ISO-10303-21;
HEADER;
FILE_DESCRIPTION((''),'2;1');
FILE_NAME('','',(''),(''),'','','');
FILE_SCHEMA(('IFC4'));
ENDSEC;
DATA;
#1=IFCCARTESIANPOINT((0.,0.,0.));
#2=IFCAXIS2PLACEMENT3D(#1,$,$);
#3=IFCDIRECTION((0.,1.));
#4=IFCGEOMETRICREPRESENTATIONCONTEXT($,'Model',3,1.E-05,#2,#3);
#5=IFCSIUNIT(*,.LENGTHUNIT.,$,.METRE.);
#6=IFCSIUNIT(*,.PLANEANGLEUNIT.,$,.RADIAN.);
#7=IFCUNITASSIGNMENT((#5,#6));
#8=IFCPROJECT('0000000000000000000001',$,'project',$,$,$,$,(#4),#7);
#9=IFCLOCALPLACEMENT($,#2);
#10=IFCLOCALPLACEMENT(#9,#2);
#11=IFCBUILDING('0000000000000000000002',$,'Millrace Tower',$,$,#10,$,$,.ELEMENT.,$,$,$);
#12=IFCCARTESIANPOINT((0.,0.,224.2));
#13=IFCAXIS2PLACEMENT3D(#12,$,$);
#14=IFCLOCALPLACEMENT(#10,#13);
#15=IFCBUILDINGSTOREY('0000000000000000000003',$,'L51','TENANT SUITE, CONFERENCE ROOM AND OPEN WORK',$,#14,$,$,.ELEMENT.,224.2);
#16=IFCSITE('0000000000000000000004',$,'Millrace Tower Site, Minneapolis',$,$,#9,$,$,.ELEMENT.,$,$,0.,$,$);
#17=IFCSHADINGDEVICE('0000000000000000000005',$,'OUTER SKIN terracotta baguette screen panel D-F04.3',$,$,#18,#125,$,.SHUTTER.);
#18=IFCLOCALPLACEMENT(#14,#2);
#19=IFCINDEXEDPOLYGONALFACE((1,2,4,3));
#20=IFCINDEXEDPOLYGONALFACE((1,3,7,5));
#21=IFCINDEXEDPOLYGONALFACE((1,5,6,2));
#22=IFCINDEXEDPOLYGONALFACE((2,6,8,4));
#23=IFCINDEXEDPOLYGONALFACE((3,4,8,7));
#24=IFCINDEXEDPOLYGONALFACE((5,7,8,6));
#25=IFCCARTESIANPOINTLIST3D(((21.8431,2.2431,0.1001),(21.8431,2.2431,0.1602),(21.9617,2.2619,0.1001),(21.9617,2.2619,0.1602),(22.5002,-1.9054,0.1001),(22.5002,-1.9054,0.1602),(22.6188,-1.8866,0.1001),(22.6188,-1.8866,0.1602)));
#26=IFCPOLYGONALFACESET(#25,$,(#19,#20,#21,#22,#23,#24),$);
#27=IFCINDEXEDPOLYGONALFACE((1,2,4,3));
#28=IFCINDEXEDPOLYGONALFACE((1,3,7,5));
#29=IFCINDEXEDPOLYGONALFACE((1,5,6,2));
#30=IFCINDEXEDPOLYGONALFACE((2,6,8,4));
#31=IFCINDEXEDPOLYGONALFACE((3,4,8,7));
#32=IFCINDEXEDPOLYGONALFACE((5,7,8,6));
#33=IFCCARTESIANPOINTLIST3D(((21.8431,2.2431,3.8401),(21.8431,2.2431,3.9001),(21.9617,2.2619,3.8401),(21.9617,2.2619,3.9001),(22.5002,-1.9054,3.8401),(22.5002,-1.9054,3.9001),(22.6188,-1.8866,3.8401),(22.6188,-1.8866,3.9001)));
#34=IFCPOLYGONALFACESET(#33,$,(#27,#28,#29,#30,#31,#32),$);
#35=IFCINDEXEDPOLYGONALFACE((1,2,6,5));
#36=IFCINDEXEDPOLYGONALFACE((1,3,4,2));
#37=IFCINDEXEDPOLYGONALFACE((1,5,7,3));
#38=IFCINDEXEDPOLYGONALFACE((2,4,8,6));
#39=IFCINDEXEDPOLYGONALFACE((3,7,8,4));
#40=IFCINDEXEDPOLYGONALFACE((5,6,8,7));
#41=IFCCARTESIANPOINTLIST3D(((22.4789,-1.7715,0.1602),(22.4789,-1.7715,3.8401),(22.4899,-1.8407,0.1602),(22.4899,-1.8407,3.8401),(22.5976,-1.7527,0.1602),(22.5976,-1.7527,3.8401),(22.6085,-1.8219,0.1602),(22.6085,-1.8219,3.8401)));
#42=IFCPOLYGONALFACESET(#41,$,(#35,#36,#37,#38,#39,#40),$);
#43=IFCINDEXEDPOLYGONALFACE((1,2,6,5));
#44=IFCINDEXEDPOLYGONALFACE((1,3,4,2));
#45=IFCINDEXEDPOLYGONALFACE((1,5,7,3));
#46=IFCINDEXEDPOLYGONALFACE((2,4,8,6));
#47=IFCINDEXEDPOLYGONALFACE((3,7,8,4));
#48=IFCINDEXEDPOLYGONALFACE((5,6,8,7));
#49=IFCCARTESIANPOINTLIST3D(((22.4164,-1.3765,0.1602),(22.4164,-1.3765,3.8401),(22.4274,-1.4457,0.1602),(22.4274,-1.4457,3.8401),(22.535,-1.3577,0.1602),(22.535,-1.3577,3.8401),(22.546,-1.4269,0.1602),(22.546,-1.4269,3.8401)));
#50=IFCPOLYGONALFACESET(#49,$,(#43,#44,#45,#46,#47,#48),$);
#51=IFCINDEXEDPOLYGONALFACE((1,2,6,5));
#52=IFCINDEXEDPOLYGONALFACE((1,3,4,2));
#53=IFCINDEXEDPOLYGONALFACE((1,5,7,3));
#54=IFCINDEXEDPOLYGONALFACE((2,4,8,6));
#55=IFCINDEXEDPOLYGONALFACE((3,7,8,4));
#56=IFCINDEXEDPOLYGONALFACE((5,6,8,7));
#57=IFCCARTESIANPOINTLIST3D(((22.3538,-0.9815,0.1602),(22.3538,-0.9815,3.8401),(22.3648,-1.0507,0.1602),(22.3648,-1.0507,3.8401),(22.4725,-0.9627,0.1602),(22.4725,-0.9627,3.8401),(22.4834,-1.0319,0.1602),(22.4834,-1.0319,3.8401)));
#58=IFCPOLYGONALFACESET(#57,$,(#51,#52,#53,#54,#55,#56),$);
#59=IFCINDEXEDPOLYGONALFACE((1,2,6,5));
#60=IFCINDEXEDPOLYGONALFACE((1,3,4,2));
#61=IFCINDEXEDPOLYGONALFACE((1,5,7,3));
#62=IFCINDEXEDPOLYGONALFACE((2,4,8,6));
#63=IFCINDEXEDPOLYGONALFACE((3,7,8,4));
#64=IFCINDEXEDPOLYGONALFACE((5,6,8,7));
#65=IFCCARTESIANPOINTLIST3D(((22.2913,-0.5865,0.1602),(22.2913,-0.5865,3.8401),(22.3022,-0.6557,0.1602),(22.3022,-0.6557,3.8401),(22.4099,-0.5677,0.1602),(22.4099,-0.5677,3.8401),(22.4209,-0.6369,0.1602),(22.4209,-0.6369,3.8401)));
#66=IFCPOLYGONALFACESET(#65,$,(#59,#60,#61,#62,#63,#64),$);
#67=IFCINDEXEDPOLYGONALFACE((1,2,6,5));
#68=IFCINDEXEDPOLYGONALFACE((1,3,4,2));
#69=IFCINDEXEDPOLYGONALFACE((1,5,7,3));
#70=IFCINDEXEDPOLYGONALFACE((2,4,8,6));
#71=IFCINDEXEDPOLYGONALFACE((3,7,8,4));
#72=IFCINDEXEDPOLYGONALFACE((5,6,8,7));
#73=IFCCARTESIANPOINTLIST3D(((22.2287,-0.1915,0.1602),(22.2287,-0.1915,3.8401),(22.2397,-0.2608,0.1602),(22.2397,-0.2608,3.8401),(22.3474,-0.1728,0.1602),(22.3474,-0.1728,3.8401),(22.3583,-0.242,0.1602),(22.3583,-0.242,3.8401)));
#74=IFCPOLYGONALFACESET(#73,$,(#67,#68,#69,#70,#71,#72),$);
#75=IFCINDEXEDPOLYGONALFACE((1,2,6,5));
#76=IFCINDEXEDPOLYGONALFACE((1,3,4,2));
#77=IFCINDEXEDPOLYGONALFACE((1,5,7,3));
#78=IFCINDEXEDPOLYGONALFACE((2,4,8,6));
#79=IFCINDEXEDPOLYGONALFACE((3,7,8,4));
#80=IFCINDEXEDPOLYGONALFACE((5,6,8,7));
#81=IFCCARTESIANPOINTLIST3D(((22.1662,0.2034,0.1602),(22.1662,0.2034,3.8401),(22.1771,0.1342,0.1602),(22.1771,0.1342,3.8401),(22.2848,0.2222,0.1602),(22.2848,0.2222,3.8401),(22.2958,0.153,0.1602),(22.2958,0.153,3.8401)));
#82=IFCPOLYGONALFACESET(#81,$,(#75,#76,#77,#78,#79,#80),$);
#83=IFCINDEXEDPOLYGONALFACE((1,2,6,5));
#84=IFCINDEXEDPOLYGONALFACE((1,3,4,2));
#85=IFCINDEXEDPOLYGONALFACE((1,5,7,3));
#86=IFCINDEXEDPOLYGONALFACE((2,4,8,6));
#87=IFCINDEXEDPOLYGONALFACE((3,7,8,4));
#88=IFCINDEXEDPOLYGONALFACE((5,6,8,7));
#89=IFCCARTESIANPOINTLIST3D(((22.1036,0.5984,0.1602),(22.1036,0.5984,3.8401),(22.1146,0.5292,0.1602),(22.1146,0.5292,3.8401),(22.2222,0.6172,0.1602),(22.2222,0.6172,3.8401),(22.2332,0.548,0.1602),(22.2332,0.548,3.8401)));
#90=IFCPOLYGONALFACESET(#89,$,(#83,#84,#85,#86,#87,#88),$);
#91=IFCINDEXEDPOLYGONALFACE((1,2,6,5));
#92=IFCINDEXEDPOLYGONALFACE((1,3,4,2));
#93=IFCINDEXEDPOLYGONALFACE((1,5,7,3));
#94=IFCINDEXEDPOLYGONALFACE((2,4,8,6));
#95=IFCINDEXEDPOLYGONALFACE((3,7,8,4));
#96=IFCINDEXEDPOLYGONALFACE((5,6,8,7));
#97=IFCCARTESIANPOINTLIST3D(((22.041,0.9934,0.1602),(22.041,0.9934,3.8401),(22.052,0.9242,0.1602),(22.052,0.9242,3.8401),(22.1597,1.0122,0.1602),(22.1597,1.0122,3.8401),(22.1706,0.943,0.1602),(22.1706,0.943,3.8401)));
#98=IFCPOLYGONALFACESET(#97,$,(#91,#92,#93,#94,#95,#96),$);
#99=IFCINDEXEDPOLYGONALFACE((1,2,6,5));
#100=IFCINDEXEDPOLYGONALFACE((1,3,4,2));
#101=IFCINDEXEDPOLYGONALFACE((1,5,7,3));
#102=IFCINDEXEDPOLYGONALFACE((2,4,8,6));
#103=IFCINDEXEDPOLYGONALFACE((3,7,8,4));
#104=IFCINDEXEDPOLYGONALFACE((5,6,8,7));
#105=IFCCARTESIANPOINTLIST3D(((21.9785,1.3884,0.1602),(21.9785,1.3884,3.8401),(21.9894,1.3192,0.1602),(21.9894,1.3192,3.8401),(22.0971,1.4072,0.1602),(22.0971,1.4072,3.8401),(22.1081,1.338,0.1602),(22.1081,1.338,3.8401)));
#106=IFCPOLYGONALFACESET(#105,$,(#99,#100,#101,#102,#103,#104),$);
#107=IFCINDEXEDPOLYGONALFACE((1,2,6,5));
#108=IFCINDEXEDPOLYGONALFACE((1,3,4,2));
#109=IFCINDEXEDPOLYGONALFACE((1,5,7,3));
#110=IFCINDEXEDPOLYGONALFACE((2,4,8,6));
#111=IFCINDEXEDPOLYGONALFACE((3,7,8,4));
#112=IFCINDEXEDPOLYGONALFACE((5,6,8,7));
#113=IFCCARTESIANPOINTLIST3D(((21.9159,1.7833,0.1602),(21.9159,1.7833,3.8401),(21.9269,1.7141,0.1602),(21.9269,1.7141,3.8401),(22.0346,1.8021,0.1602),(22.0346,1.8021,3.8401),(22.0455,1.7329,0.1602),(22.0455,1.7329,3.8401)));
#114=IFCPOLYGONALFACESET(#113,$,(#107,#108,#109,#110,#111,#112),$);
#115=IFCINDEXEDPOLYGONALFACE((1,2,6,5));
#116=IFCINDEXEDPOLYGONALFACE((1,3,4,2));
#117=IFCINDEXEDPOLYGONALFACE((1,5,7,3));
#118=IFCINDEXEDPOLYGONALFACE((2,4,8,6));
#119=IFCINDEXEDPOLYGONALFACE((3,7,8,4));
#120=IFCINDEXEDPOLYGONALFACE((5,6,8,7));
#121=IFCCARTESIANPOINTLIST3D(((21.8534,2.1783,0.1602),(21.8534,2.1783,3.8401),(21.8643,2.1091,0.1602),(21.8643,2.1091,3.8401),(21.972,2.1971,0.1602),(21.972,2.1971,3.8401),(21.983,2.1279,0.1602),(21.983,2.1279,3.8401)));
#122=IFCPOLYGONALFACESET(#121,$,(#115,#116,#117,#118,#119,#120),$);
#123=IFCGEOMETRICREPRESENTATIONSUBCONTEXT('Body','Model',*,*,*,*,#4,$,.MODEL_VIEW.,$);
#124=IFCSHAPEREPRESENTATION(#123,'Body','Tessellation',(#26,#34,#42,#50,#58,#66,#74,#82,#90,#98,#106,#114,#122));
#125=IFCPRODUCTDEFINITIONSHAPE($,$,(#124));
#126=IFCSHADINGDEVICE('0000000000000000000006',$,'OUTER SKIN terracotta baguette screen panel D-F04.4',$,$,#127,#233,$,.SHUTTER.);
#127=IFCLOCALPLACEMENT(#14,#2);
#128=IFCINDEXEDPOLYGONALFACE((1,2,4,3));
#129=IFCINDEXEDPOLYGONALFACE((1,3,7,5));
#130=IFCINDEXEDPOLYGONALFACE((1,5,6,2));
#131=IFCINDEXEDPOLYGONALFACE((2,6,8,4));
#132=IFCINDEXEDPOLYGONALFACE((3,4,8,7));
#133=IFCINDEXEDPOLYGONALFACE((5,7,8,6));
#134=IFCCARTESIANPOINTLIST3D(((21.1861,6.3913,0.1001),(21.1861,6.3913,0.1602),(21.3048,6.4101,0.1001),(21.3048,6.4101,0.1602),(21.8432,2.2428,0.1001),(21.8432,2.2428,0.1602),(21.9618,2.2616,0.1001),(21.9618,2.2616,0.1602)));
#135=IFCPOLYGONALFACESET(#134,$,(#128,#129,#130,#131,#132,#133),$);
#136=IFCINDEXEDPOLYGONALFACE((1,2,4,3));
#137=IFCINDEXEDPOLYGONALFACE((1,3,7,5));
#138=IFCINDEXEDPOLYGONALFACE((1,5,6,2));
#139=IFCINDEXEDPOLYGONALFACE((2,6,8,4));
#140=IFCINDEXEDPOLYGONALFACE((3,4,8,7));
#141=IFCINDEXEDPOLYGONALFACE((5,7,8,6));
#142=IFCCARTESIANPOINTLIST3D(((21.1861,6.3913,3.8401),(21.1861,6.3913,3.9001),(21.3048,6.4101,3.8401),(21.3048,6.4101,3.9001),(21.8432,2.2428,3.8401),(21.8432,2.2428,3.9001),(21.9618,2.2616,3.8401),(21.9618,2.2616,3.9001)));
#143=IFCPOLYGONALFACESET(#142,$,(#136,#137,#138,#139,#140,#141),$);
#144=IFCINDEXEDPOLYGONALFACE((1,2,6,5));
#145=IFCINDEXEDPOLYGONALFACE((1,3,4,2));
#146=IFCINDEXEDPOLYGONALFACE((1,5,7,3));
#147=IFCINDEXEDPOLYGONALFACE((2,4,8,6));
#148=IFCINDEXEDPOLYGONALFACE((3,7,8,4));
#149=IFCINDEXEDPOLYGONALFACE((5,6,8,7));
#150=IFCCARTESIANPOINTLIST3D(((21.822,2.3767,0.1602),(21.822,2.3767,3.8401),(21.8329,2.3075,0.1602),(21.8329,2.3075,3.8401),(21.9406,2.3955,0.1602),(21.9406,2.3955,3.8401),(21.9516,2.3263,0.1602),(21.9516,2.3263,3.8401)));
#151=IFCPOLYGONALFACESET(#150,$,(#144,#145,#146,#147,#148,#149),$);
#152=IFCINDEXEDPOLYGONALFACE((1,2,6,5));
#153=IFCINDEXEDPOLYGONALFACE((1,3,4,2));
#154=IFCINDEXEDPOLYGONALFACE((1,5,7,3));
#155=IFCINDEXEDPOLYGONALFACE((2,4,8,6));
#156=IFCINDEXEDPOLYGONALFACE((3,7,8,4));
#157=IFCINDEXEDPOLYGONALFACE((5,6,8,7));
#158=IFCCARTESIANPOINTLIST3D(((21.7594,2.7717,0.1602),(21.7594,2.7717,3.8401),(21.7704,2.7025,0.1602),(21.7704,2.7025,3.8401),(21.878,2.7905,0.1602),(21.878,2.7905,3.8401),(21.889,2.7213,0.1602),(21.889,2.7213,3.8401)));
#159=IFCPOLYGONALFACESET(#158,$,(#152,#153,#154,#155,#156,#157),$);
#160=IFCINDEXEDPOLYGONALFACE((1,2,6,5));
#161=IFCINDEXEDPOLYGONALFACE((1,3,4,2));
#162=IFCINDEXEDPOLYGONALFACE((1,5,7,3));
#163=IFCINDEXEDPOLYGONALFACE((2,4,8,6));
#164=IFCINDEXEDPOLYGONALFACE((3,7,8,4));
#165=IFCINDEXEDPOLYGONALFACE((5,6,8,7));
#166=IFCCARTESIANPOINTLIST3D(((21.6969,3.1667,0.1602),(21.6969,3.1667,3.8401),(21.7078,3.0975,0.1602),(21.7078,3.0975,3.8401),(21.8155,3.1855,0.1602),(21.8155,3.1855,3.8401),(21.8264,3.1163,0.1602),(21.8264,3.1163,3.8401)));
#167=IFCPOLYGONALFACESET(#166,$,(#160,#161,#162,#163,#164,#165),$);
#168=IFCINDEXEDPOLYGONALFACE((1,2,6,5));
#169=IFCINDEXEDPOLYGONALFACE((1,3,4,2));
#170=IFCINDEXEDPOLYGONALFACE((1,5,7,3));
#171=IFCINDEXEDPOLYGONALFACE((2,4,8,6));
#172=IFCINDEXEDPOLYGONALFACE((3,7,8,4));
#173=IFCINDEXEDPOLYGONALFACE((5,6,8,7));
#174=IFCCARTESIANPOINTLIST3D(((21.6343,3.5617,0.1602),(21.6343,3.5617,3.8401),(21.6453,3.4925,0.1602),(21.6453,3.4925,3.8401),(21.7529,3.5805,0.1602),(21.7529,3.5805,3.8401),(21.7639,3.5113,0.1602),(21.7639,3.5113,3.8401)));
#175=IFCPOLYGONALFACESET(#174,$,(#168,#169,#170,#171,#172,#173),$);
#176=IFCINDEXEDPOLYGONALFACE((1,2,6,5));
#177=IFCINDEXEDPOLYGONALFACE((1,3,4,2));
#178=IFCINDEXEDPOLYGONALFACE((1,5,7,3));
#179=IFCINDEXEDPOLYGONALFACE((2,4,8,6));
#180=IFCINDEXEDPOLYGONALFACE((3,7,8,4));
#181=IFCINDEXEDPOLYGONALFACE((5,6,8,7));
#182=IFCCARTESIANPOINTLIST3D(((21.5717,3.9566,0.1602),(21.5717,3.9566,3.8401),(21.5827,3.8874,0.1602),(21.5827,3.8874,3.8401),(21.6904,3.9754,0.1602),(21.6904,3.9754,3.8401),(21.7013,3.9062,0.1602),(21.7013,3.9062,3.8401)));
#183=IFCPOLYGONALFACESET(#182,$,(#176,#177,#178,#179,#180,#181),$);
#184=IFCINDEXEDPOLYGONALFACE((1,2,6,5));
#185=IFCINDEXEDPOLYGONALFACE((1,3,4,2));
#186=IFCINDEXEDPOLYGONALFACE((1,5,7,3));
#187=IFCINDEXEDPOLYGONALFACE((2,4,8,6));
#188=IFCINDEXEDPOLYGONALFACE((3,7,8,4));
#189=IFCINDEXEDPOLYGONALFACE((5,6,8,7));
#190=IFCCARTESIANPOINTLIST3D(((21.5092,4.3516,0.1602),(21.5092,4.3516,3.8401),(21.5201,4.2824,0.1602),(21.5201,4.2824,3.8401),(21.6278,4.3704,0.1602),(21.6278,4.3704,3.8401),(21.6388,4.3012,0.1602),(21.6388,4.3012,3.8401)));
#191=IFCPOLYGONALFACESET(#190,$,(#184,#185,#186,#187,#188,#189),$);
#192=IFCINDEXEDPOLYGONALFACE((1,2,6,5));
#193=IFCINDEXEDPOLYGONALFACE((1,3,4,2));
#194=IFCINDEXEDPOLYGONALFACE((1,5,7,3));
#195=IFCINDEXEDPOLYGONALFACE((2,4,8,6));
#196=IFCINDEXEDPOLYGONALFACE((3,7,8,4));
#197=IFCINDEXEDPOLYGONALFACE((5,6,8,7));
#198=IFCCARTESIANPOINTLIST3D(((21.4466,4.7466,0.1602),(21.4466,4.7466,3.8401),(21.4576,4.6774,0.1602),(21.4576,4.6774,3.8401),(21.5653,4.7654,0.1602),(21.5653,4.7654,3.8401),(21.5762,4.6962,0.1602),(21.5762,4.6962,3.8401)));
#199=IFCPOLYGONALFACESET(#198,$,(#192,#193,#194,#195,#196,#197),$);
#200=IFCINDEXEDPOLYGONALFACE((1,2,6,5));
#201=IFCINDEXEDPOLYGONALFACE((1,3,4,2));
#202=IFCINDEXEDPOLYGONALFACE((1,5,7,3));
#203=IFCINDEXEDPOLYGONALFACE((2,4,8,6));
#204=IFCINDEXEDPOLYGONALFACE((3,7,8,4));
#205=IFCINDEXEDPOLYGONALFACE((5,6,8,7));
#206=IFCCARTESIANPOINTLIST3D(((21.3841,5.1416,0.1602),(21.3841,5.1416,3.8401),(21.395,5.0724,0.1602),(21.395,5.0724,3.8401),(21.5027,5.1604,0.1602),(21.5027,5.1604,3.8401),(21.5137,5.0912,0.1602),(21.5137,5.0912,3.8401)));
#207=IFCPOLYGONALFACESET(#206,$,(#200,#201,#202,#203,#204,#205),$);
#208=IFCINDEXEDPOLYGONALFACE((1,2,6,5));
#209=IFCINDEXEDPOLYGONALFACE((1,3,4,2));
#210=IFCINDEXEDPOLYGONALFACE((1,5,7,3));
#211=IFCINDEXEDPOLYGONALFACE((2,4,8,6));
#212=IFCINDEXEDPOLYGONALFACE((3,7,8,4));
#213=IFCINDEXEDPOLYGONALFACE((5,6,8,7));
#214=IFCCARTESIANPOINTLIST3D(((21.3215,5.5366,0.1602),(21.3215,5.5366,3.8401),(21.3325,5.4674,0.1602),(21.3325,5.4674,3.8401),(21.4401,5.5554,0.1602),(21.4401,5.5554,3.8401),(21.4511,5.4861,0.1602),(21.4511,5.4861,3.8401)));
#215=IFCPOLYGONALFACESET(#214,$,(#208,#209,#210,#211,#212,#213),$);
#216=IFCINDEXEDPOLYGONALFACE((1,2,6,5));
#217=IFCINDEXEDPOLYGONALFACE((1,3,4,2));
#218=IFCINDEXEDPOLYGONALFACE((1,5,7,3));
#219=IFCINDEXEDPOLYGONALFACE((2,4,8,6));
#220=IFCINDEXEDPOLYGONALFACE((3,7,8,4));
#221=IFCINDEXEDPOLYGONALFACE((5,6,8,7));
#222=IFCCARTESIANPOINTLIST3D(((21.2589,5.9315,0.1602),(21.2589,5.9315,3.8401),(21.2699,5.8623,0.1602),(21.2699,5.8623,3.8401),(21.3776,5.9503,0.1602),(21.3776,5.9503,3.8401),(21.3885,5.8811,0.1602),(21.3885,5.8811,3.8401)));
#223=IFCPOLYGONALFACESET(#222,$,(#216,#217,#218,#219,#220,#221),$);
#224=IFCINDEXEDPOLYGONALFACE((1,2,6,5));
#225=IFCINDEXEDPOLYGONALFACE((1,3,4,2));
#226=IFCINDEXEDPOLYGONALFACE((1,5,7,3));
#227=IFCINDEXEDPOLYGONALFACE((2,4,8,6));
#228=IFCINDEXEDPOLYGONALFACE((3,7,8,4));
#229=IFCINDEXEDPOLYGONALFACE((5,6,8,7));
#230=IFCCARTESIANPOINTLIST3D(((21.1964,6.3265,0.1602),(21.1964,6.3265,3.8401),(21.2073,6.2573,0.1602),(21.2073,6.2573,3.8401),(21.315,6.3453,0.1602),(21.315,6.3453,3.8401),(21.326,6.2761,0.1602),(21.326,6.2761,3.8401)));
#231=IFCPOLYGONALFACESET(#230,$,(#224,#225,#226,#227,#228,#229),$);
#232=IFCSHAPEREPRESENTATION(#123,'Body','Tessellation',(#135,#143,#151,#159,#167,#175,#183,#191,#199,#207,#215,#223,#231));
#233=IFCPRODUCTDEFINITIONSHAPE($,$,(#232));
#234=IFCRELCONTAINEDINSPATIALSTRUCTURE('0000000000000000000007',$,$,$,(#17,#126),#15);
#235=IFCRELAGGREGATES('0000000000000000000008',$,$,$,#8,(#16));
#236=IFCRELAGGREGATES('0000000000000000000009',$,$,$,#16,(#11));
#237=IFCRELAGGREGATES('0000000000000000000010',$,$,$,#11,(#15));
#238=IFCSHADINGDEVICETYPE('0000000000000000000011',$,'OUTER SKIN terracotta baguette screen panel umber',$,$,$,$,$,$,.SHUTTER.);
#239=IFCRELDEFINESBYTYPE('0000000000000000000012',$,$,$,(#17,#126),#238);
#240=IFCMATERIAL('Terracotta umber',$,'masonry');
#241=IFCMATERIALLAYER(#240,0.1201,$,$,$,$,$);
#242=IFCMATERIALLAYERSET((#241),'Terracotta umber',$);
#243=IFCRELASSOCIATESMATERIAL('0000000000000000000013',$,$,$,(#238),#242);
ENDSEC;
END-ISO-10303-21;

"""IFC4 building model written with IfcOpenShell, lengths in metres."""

from ifc_helpers import new_model, entity, si_unit, direction, frame, frame_2d, origin, origin_2d, place, context, subcontext, project, spatial, rectangle, extrude, source, transform, mapped, material, layer, layer_set, type_object, element, save


model = new_model("IFC4")

# Units and contexts
model_context = context("Model", 3, precision=1e-05, world=origin(), true_north=direction((0.0, 1.0)))
body_context = subcontext(model_context, "Body", "Model", "MODEL_VIEW")
ifc_project = project(units=[si_unit("LENGTHUNIT", "METRE"), si_unit("PLANEANGLEUNIT", "RADIAN")], contexts=[model_context])

# Site, building, storey
site_placement = place(None, origin())
site = spatial("IfcSite", under=ifc_project, at=site_placement, Name="Millrace Tower Site, Minneapolis", CompositionType="ELEMENT", RefElevation=0.0)
building_placement = place(site_placement, origin())
building = spatial("IfcBuilding", under=site, at=building_placement, Name="Millrace Tower", CompositionType="ELEMENT")
storey_placement = place(building_placement, frame((0.0, 0.0, 224.2)))
storey = spatial("IfcBuildingStorey", under=building, at=storey_placement, Name="L51", Description="TENANT SUITE, CONFERENCE ROOM AND OPEN WORK", CompositionType="ELEMENT", Elevation=224.2)

# Shading devices
ifc_material_1 = material(Name="Terracotta umber", Category="masonry")
ifc_layer_1 = layer(ifc_material_1, 0.1201)
ifc_layer_set_1 = layer_set([ifc_layer_1], Name="Terracotta umber")
shading_device_type = type_object("IfcShadingDeviceType", Name="OUTER SKIN terracotta baguette screen panel umber", PredefinedType="SHUTTER", material=ifc_layer_set_1)
cartesian_point = entity("IfcCartesianPoint", [-2.1001, 0.0601])
shared_polyline = entity("IfcPolyline", [cartesian_point, entity("IfcCartesianPoint", [2.1001, 0.0601]), entity("IfcCartesianPoint", [2.1001, -0.0601]), entity("IfcCartesianPoint", [-2.1001, -0.0601]), cartesian_point])
shared_shape = source(origin(), body_context, "Body", "SweptSolid", [
    entity("IfcExtrudedAreaSolid", entity("IfcArbitraryClosedProfileDef", "AREA", None, shared_polyline), entity("IfcAxis2Placement3D", entity("IfcCartesianPoint", [0.0, 0.0, 0.0])), entity("IfcDirection", [0.0, 0.0, 1.0]), 0.0601),
    entity("IfcExtrudedAreaSolid", entity("IfcArbitraryClosedProfileDef", "AREA", None, shared_polyline), entity("IfcAxis2Placement3D", entity("IfcCartesianPoint", [0.0, 0.0, 3.74])), entity("IfcDirection", [0.0, 0.0, 1.0]), 0.0601),
    extrude(rectangle(XDim=0.0701, YDim=0.1201, at=frame_2d((-1.9995, 0.0))), frame((0.0, 0.0, 0.0601)), (0.0, 0.0, 1.0), 3.6799),
    extrude(rectangle(XDim=0.0701, YDim=0.1201, at=frame_2d((-1.5996, 0.0))), frame((0.0, 0.0, 0.0601)), (0.0, 0.0, 1.0), 3.6799),
    extrude(rectangle(XDim=0.0701, YDim=0.1201, at=frame_2d((-1.1997, 0.0))), frame((0.0, 0.0, 0.0601)), (0.0, 0.0, 1.0), 3.6799),
    extrude(rectangle(XDim=0.0701, YDim=0.1201, at=frame_2d((-0.7998, 0.0))), frame((0.0, 0.0, 0.0601)), (0.0, 0.0, 1.0), 3.6799),
    extrude(rectangle(XDim=0.0701, YDim=0.1201, at=frame_2d((-0.3999, 0.0))), frame((0.0, 0.0, 0.0601)), (0.0, 0.0, 1.0), 3.6799),
    extrude(rectangle(XDim=0.0701, YDim=0.1201, at=origin_2d()), frame((0.0, 0.0, 0.0601)), (0.0, 0.0, 1.0), 3.6799),
    extrude(rectangle(XDim=0.0701, YDim=0.1201, at=frame_2d((0.3999, 0.0))), frame((0.0, 0.0, 0.0601)), (0.0, 0.0, 1.0), 3.6799),
    extrude(rectangle(XDim=0.0701, YDim=0.1201, at=frame_2d((0.7998, 0.0))), frame((0.0, 0.0, 0.0601)), (0.0, 0.0, 1.0), 3.6799),
    extrude(rectangle(XDim=0.0701, YDim=0.1201, at=frame_2d((1.1997, 0.0))), frame((0.0, 0.0, 0.0601)), (0.0, 0.0, 1.0), 3.6799),
    extrude(rectangle(XDim=0.0701, YDim=0.1201, at=frame_2d((1.5996, 0.0))), frame((0.0, 0.0, 0.0601)), (0.0, 0.0, 1.0), 3.6799),
    extrude(rectangle(XDim=0.0701, YDim=0.1201, at=frame_2d((1.9995, 0.0))), frame((0.0, 0.0, 0.0601)), (0.0, 0.0, 1.0), 3.6799),
])
for number, where, z_axis, x_axis, name in (
    (1, (22.231, 0.1782, 0.1001), (0.0, 0.0, 1.0), (-0.156434, 0.987688, 0.0), "OUTER SKIN terracotta baguette screen panel D-F04.3"),
    (2, (21.574, 4.3264, 0.1001), (0.0, 0.0, 1.0), (-0.156434, 0.987688, 0.0), "OUTER SKIN terracotta baguette screen panel D-F04.4"),
):
    element("IfcShadingDevice", number, at=place(storey_placement, frame(where, z_axis=z_axis, x_axis=x_axis)), inside=storey, type_object=shading_device_type, Name=name, PredefinedType="SHUTTER", context=body_context, shape_type="MappedRepresentation", body=[
        mapped(shared_shape, transform((0.0, 0.0, 0.0), scale=1.0)),
    ])

save(model, "model.ifc")
